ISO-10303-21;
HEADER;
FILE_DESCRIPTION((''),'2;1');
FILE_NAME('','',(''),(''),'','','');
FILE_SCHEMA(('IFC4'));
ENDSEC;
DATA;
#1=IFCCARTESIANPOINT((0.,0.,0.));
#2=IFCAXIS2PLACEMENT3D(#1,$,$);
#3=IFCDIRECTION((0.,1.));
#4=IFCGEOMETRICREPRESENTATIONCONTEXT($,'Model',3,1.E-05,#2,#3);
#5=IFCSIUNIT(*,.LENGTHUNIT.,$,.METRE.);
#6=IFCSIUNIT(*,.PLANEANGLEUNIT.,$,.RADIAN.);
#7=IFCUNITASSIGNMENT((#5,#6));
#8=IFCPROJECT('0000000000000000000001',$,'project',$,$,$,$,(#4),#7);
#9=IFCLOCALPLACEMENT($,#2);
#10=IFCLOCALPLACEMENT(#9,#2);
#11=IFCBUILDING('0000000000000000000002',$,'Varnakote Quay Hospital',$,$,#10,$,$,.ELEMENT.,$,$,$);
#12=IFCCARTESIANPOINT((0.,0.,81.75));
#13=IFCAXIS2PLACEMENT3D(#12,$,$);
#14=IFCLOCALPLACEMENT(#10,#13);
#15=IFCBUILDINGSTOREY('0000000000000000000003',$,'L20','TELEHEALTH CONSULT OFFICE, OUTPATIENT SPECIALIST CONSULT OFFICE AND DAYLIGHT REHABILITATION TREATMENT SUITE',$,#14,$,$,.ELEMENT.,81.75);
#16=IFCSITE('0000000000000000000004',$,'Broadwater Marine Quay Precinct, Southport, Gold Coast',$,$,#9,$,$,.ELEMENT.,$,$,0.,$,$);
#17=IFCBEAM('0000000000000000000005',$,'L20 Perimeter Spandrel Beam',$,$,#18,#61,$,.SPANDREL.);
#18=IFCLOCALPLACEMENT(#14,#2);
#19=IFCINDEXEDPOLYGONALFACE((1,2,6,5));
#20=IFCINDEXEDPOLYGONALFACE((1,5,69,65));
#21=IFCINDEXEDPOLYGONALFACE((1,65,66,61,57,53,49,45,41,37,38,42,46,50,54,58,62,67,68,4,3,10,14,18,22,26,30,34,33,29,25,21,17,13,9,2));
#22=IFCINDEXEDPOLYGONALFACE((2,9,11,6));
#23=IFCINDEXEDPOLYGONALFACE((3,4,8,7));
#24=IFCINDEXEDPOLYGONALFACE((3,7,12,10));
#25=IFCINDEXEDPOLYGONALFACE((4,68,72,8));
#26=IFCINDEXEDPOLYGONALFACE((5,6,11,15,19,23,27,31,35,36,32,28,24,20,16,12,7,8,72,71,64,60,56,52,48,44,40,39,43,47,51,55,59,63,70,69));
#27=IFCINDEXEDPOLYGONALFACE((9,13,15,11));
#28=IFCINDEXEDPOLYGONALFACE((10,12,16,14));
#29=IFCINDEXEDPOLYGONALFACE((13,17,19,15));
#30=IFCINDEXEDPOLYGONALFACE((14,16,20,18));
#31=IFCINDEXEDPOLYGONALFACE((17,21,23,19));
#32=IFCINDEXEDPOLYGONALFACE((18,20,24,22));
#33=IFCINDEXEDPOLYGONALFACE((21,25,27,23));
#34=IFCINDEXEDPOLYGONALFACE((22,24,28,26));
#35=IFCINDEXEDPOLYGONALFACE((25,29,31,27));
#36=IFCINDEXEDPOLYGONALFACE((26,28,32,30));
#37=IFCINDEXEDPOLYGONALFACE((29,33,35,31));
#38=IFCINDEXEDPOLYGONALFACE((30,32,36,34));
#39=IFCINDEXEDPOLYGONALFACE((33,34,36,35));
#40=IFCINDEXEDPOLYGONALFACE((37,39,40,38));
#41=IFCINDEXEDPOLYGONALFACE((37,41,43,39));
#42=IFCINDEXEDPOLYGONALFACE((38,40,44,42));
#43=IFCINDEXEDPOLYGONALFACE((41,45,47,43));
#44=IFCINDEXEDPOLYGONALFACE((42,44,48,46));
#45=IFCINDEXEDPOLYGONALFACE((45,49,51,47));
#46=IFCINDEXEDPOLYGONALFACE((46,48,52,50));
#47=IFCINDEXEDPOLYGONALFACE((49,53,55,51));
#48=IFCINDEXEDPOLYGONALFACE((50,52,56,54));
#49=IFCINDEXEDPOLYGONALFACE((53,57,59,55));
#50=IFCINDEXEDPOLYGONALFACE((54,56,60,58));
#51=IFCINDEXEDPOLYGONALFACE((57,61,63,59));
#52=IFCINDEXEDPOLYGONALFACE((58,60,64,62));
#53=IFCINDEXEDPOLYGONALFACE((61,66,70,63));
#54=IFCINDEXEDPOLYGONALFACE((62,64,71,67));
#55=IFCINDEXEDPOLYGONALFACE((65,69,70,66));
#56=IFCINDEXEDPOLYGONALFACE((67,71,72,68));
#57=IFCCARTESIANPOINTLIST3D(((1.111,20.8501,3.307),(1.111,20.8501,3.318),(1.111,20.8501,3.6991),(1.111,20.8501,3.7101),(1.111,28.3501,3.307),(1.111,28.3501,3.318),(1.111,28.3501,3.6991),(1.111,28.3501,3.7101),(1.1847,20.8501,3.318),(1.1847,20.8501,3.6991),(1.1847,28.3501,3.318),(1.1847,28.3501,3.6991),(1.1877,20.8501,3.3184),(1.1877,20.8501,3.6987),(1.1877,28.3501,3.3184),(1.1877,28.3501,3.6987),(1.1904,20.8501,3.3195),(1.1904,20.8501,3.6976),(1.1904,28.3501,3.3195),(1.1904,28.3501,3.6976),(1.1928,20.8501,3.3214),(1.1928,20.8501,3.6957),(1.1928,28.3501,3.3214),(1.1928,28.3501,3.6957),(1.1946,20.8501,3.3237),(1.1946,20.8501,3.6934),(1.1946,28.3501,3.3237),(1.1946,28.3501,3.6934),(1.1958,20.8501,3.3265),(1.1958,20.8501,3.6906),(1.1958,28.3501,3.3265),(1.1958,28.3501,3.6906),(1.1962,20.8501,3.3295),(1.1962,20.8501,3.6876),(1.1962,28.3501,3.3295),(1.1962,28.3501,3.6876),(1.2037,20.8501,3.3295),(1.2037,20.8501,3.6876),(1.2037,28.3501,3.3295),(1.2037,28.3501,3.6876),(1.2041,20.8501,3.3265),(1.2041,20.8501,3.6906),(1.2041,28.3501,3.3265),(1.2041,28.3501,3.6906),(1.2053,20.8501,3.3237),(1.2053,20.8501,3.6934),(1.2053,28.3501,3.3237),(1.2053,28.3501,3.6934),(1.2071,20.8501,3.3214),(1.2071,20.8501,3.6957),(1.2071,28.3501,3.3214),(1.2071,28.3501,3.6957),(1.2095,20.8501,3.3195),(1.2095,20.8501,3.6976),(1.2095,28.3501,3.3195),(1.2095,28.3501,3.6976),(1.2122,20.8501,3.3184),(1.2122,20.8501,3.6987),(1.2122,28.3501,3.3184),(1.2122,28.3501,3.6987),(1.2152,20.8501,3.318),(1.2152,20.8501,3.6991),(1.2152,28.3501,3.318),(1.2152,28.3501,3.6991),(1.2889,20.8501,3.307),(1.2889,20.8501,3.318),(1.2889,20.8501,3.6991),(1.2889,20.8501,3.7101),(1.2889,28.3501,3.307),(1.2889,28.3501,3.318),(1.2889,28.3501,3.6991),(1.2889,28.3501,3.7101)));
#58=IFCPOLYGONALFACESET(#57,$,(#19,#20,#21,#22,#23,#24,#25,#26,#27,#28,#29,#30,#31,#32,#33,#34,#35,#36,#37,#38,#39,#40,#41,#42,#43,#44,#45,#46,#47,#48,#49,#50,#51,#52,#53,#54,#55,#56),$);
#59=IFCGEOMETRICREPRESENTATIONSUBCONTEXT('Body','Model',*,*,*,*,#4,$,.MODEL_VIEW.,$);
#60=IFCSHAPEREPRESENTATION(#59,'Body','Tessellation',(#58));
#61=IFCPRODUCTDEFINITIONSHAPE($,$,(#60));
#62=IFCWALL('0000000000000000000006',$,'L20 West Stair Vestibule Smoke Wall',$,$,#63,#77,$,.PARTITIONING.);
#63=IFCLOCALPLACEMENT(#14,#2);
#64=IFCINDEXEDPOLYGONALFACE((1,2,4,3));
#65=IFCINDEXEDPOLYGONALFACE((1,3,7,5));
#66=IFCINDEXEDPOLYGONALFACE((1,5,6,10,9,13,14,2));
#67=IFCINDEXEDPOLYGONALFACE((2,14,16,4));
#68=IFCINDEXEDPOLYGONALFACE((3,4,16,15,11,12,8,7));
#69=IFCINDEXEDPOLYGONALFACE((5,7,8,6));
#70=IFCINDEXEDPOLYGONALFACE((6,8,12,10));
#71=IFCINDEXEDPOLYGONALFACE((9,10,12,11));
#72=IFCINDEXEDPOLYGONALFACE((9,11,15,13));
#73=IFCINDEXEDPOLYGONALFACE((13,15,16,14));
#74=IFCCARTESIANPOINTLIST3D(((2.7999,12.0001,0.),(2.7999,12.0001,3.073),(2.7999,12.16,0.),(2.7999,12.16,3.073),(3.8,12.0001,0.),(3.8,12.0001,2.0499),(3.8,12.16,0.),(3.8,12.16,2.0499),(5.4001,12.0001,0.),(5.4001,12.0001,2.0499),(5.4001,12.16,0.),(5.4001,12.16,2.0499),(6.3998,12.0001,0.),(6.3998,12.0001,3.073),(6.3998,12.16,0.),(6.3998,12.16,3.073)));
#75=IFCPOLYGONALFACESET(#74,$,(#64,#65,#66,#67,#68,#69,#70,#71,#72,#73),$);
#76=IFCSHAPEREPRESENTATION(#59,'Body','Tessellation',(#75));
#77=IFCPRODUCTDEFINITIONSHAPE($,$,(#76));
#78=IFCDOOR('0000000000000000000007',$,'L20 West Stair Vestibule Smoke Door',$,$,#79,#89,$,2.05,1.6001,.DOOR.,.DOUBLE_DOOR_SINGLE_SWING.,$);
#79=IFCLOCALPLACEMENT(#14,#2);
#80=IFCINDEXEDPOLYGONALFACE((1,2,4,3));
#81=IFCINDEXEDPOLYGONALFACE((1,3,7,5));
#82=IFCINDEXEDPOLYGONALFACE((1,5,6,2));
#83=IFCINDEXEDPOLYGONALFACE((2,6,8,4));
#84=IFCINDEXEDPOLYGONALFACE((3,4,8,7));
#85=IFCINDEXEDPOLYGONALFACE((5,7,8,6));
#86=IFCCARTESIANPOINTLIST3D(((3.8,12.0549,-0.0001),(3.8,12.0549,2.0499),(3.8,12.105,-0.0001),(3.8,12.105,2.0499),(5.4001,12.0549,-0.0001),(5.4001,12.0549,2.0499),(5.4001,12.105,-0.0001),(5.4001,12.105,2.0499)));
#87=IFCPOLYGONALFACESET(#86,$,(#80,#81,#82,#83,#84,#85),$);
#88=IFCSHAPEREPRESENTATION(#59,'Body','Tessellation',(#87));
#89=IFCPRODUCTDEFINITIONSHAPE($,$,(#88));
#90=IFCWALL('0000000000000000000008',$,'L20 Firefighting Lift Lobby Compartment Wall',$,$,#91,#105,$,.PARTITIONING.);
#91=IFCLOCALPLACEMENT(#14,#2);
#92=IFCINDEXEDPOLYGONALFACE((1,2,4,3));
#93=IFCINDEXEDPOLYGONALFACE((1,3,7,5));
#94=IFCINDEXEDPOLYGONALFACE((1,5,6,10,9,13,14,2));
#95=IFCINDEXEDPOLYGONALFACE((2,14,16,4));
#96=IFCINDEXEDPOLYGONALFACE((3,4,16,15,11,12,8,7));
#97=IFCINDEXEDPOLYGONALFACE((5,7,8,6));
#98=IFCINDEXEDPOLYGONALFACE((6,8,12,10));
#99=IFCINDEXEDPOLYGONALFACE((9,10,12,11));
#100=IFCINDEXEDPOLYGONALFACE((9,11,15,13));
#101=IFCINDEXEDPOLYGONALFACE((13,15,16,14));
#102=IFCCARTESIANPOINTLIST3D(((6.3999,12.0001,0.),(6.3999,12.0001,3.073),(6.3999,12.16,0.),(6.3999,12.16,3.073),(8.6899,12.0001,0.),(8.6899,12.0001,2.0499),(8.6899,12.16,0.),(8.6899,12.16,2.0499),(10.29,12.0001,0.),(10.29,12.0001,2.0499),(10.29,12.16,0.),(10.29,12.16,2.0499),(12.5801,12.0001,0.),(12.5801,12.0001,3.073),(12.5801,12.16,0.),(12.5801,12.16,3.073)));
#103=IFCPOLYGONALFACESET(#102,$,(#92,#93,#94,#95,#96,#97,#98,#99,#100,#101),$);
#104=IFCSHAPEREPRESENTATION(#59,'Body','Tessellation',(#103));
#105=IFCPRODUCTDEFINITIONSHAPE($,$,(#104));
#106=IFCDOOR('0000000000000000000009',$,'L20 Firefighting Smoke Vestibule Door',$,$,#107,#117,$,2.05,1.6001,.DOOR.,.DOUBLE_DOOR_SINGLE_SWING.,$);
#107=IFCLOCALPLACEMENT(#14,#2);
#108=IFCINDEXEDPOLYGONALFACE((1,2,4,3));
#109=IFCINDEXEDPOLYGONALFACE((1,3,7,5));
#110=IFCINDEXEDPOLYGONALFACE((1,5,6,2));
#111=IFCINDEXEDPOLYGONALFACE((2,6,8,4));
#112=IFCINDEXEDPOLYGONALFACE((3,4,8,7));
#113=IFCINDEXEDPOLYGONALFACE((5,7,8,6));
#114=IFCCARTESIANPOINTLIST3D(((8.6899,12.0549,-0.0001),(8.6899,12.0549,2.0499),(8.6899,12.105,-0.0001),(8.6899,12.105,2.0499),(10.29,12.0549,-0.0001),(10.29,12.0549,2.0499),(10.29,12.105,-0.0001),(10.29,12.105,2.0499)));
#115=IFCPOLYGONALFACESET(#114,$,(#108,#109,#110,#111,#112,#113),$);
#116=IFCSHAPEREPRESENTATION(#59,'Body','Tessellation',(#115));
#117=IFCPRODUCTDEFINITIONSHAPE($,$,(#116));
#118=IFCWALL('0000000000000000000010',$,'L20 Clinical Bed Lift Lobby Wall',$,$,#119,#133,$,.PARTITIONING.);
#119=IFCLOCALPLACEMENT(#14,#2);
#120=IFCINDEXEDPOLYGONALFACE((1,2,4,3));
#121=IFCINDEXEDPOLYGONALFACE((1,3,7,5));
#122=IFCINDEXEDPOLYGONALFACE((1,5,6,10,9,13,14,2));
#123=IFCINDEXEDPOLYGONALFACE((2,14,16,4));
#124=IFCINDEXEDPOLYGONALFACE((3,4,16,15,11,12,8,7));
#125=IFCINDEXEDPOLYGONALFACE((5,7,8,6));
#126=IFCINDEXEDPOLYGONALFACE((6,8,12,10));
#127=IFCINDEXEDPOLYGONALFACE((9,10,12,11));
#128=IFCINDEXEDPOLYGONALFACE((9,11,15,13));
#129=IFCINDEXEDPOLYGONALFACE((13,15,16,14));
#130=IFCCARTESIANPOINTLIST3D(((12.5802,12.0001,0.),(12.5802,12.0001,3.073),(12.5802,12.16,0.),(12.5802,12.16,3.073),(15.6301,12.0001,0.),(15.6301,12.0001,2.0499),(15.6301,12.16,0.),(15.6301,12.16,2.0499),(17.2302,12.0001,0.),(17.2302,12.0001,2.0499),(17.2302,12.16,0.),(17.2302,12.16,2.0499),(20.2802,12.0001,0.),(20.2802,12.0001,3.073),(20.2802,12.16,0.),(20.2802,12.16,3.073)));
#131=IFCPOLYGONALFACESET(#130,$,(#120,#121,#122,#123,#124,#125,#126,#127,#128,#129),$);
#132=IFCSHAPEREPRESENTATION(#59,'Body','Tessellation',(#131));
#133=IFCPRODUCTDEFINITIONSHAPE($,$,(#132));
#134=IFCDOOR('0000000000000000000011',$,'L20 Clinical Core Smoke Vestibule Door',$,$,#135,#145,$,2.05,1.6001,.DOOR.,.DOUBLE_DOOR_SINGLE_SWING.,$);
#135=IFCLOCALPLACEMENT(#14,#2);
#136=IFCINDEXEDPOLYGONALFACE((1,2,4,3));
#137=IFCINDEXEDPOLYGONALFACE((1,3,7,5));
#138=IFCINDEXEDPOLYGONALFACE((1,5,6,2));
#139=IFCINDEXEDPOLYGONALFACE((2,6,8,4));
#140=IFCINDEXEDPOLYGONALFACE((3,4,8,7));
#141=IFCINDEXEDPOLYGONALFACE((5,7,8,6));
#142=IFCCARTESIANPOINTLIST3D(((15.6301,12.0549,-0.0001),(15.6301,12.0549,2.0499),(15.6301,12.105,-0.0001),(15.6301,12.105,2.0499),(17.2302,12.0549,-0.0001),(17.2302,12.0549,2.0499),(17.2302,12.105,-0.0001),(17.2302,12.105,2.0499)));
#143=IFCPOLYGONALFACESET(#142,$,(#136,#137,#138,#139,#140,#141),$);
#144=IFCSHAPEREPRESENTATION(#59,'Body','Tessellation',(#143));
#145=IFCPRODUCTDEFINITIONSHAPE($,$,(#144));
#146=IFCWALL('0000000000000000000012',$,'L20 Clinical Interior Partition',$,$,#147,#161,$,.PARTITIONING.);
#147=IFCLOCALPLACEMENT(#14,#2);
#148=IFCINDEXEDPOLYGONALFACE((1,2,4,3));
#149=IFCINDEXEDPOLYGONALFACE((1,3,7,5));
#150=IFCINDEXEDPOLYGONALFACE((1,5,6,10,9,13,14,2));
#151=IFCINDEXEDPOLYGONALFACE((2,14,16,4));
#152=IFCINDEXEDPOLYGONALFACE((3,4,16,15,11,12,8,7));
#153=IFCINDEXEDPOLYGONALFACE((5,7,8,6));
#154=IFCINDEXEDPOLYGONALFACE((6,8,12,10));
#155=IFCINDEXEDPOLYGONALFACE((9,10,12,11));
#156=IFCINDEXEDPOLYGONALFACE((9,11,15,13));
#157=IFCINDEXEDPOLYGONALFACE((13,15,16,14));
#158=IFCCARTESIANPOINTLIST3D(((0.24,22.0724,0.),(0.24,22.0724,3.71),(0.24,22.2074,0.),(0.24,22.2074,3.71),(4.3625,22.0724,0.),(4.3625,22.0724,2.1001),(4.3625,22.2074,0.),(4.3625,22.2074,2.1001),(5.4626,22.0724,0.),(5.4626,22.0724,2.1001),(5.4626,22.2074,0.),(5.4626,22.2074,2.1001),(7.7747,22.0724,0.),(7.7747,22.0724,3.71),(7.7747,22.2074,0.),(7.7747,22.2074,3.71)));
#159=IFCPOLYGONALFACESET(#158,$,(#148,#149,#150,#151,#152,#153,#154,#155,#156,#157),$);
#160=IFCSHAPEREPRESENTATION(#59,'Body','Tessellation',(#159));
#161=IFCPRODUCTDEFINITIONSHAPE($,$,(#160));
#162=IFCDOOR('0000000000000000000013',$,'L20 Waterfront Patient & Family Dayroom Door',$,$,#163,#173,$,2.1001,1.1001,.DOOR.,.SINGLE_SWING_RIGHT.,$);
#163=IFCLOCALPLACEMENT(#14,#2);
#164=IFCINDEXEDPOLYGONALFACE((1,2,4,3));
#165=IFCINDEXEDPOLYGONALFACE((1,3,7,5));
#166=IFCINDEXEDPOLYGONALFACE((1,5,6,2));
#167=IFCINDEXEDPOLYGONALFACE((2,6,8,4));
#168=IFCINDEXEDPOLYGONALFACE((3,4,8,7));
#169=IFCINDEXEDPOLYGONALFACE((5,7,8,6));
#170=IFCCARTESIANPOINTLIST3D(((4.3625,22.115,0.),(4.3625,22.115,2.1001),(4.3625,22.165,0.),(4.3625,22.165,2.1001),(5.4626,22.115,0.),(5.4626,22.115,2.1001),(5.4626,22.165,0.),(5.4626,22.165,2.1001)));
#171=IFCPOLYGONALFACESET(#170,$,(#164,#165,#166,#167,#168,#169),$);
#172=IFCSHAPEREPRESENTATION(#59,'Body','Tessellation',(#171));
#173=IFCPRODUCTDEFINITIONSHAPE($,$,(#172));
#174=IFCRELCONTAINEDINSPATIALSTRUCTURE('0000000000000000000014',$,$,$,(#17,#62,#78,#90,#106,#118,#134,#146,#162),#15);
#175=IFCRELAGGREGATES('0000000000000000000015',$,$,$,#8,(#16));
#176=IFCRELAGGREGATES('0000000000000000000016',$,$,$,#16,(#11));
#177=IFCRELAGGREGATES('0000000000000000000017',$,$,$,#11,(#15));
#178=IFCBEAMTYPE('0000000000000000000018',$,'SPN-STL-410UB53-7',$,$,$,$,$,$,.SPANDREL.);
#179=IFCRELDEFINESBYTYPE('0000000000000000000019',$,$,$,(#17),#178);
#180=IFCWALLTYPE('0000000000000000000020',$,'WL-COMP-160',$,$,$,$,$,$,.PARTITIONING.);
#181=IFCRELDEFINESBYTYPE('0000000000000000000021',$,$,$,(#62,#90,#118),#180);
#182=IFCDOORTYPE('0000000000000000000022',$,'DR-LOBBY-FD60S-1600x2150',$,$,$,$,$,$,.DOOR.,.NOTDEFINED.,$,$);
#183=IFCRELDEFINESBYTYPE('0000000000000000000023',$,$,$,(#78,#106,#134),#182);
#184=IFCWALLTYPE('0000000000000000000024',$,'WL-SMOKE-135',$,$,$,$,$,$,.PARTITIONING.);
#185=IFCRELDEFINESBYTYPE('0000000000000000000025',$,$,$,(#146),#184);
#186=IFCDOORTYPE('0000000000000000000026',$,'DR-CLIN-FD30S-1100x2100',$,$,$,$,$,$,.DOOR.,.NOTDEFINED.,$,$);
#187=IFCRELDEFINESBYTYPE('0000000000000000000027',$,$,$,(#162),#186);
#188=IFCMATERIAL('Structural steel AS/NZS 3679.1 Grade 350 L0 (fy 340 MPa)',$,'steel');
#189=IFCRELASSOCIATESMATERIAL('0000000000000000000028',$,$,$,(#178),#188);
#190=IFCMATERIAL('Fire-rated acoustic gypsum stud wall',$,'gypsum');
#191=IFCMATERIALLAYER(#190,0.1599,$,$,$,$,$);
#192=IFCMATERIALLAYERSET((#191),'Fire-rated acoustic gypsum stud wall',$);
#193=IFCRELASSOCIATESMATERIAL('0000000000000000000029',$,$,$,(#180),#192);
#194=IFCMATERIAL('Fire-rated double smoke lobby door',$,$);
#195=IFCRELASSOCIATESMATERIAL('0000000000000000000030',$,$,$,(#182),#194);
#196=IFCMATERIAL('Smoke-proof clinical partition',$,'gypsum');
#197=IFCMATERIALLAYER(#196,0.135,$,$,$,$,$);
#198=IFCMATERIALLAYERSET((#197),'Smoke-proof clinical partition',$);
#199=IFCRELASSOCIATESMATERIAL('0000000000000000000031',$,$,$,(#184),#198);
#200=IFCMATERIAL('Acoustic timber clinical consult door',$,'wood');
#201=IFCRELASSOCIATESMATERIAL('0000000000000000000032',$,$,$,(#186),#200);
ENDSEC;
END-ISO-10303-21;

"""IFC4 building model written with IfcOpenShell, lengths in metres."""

from ifc_helpers import new_model, si_unit, direction, frame, frame_2d, origin, origin_2d, place, context, subcontext, project, spatial, rectangle, i_section, extrude, material, layer, layer_set, material_profile, profile_set, type_object, element, fill, save


model = new_model("IFC4")

# Units and contexts
model_context = context("Model", 3, precision=1e-05, world=origin(), true_north=direction((0.0, 1.0)))
body_context = subcontext(model_context, "Body", "Model", "MODEL_VIEW")
ifc_project = project(units=[si_unit("LENGTHUNIT", "METRE"), si_unit("PLANEANGLEUNIT", "RADIAN")], contexts=[model_context])

# Site, building, storey
site_placement = place(None, origin())
site = spatial("IfcSite", under=ifc_project, at=site_placement, Name="Broadwater Marine Quay Precinct, Southport, Gold Coast", CompositionType="ELEMENT", RefElevation=0.0)
building_placement = place(site_placement, origin())
building = spatial("IfcBuilding", under=site, at=building_placement, Name="Varnakote Quay Hospital", CompositionType="ELEMENT")
storey_placement = place(building_placement, frame((0.0, 0.0, 81.75)))
storey = spatial("IfcBuildingStorey", under=building, at=storey_placement, Name="L20", Description="TELEHEALTH CONSULT OFFICE, OUTPATIENT SPECIALIST CONSULT OFFICE AND DAYLIGHT REHABILITATION TREATMENT SUITE", CompositionType="ELEMENT", Elevation=81.75)

# Beam
ifc_material_1 = material(Name="Structural steel AS/NZS 3679.1 Grade 350 L0 (fy 340 MPa)", Category="steel")
ifc_material_profile_1 = material_profile(ifc_material_1, i_section(OverallWidth=0.178, OverallDepth=0.4031, WebThickness=0.0076, FlangeThickness=0.011, FilletRadius=0.0115, at=origin_2d()), Name="410UB53.7")
ifc_profile_set_1 = profile_set([ifc_material_profile_1], Name="Structural steel AS/NZS 3679.1 Grade 350 L0 (fy 340 MPa)")
beam_type_1 = type_object("IfcBeamType", Name="SPN-STL-410UB53-7", PredefinedType="SPANDREL", material=ifc_profile_set_1)
beam_1_placement = place(storey_placement, frame((1.2, 20.8501, 3.5085), z_axis=(0.0, 1.0, 0.0), x_axis=(-1.0, 0.0, 0.0)))
element("IfcBeam", 1, at=beam_1_placement, inside=storey, type_object=beam_type_1, Name="L20 Perimeter Spandrel Beam", PredefinedType="SPANDREL", context=body_context, shape_type="SweptSolid", body=[
    extrude(i_section(OverallWidth=0.178, OverallDepth=0.4031, WebThickness=0.0076, FlangeThickness=0.011, FilletRadius=0.0115, at=origin_2d()), origin(), (0.0, 0.0, 1.0), 7.5),
])

# Walls, openings, doors
ifc_material_2 = material(Name="Fire-rated acoustic gypsum stud wall", Category="gypsum")
ifc_layer_1 = layer(ifc_material_2, 0.1599)
ifc_layer_set_1 = layer_set([ifc_layer_1], Name="Fire-rated acoustic gypsum stud wall")
wall_type_1 = type_object("IfcWallType", Name="WL-COMP-160", PredefinedType="PARTITIONING", material=ifc_layer_set_1)
wall_1_placement = place(storey_placement, frame((2.8, 12.0801, 0.0), z_axis=(0.0, 0.0, 1.0), x_axis=(1.0, 0.0, 0.0)))
wall_1 = element("IfcWall", 2, at=wall_1_placement, inside=storey, type_object=wall_type_1, Name="L20 West Stair Vestibule Smoke Wall", PredefinedType="PARTITIONING", context=body_context, shape_type="SweptSolid", body=[
    extrude(rectangle(XDim=3.5999, YDim=0.1599, at=frame_2d((1.7998, 0.0))), origin(), (0.0, 0.0, 1.0), 3.073),
])
opening_1_placement = place(wall_1_placement, frame((1.0, 0.0, 0.0)))
opening_1 = element("IfcOpeningElement", 3, at=opening_1_placement, cuts=wall_1, PredefinedType="OPENING", context=body_context, shape_type="SweptSolid", body=[
    extrude(rectangle(XDim=1.6001, YDim=2.05, at=frame_2d((0.8, 1.0249))), frame((0.0, 0.0898, 0.0), z_axis=(0.0, -1.0, 0.0), x_axis=(1.0, 0.0, 0.0)), (0.0, 0.0, 1.0), 0.1799),
])
ifc_material_3 = material(Name="Fire-rated double smoke lobby door")
door_type_1 = type_object("IfcDoorType", Name="DR-LOBBY-FD60S-1600x2150", OperationType="NOTDEFINED", PredefinedType="DOOR", material=ifc_material_3)
door_1_placement = place(opening_1_placement, origin())
door_1 = element("IfcDoor", 4, at=door_1_placement, inside=storey, type_object=door_type_1, Name="L20 West Stair Vestibule Smoke Door", OperationType="DOUBLE_DOOR_SINGLE_SWING", OverallHeight=2.05, OverallWidth=1.6001, PredefinedType="DOOR", context=body_context, shape_type="SweptSolid", body=[
    extrude(rectangle(XDim=1.6001, YDim=2.05, at=frame_2d((0.8, 1.0249))), frame((0.0, 0.0249, 0.0), z_axis=(0.0, -1.0, 0.0), x_axis=(1.0, 0.0, 0.0)), (0.0, 0.0, 1.0), 0.05),
])
fill(opening_1, door_1)
wall_2_placement = place(storey_placement, frame((6.3999, 12.0801, 0.0), z_axis=(0.0, 0.0, 1.0), x_axis=(1.0, 0.0, 0.0)))
wall_2 = element("IfcWall", 5, at=wall_2_placement, inside=storey, type_object=wall_type_1, Name="L20 Firefighting Lift Lobby Compartment Wall", PredefinedType="PARTITIONING", context=body_context, shape_type="SweptSolid", body=[
    extrude(rectangle(XDim=6.1802, YDim=0.1599, at=frame_2d((3.0901, 0.0))), origin(), (0.0, 0.0, 1.0), 3.073),
])
opening_2_placement = place(wall_2_placement, frame((2.29, 0.0, 0.0)))
opening_2 = element("IfcOpeningElement", 6, at=opening_2_placement, cuts=wall_2, PredefinedType="OPENING", context=body_context, shape_type="SweptSolid", body=[
    extrude(rectangle(XDim=1.6001, YDim=2.05, at=frame_2d((0.8, 1.0249))), frame((0.0, 0.0898, 0.0), z_axis=(0.0, -1.0, 0.0), x_axis=(1.0, 0.0, 0.0)), (0.0, 0.0, 1.0), 0.1799),
])
door_2_placement = place(opening_2_placement, origin())
door_2 = element("IfcDoor", 7, at=door_2_placement, inside=storey, type_object=door_type_1, Name="L20 Firefighting Smoke Vestibule Door", OperationType="DOUBLE_DOOR_SINGLE_SWING", OverallHeight=2.05, OverallWidth=1.6001, PredefinedType="DOOR", context=body_context, shape_type="SweptSolid", body=[
    extrude(rectangle(XDim=1.6001, YDim=2.05, at=frame_2d((0.8, 1.0249))), frame((0.0, 0.0249, 0.0), z_axis=(0.0, -1.0, 0.0), x_axis=(1.0, 0.0, 0.0)), (0.0, 0.0, 1.0), 0.05),
])
fill(opening_2, door_2)
wall_3_placement = place(storey_placement, frame((12.5801, 12.0801, 0.0), z_axis=(0.0, 0.0, 1.0), x_axis=(1.0, 0.0, 0.0)))
wall_3 = element("IfcWall", 8, at=wall_3_placement, inside=storey, type_object=wall_type_1, Name="L20 Clinical Bed Lift Lobby Wall", PredefinedType="PARTITIONING", context=body_context, shape_type="SweptSolid", body=[
    extrude(rectangle(XDim=7.7, YDim=0.1599, at=frame_2d((3.8501, 0.0))), origin(), (0.0, 0.0, 1.0), 3.073),
])
opening_3_placement = place(wall_3_placement, frame((3.05, 0.0, 0.0)))
opening_3 = element("IfcOpeningElement", 9, at=opening_3_placement, cuts=wall_3, PredefinedType="OPENING", context=body_context, shape_type="SweptSolid", body=[
    extrude(rectangle(XDim=1.6001, YDim=2.05, at=frame_2d((0.8, 1.0249))), frame((0.0, 0.0898, 0.0), z_axis=(0.0, -1.0, 0.0), x_axis=(1.0, 0.0, 0.0)), (0.0, 0.0, 1.0), 0.1799),
])
door_3_placement = place(opening_3_placement, origin())
door_3 = element("IfcDoor", 10, at=door_3_placement, inside=storey, type_object=door_type_1, Name="L20 Clinical Core Smoke Vestibule Door", OperationType="DOUBLE_DOOR_SINGLE_SWING", OverallHeight=2.05, OverallWidth=1.6001, PredefinedType="DOOR", context=body_context, shape_type="SweptSolid", body=[
    extrude(rectangle(XDim=1.6001, YDim=2.05, at=frame_2d((0.8, 1.0249))), frame((0.0, 0.0249, 0.0), z_axis=(0.0, -1.0, 0.0), x_axis=(1.0, 0.0, 0.0)), (0.0, 0.0, 1.0), 0.05),
])
fill(opening_3, door_3)
ifc_material_4 = material(Name="Smoke-proof clinical partition", Category="gypsum")
ifc_layer_2 = layer(ifc_material_4, 0.135)
ifc_layer_set_2 = layer_set([ifc_layer_2], Name="Smoke-proof clinical partition")
wall_type_2 = type_object("IfcWallType", Name="WL-SMOKE-135", PredefinedType="PARTITIONING", material=ifc_layer_set_2)
wall_4_placement = place(storey_placement, frame((7.7747, 22.1399, 0.0), z_axis=(0.0, 0.0, 1.0), x_axis=(-1.0, 0.0, 0.0)))
wall_4 = element("IfcWall", 11, at=wall_4_placement, inside=storey, type_object=wall_type_2, Name="L20 Clinical Interior Partition", PredefinedType="PARTITIONING", context=body_context, shape_type="SweptSolid", body=[
    extrude(rectangle(XDim=7.5347, YDim=0.135, at=frame_2d((3.7673, 0.0))), origin(), (0.0, 0.0, 1.0), 3.71),
])
opening_4_placement = place(wall_4_placement, frame((2.312, 0.0, 0.0)))
opening_4 = element("IfcOpeningElement", 12, at=opening_4_placement, cuts=wall_4, PredefinedType="OPENING", context=body_context, shape_type="SweptSolid", body=[
    extrude(rectangle(XDim=1.1001, YDim=2.1001, at=frame_2d((0.55, 1.05))), frame((0.0, 0.0774, 0.0), z_axis=(0.0, -1.0, 0.0), x_axis=(1.0, 0.0, 0.0)), (0.0, 0.0, 1.0), 0.155),
])
ifc_material_5 = material(Name="Acoustic timber clinical consult door", Category="wood")
door_type_2 = type_object("IfcDoorType", Name="DR-CLIN-FD30S-1100x2100", OperationType="NOTDEFINED", PredefinedType="DOOR", material=ifc_material_5)
door_4_placement = place(opening_4_placement, origin())
door_4 = element("IfcDoor", 13, at=door_4_placement, inside=storey, type_object=door_type_2, Name="L20 Waterfront Patient & Family Dayroom Door", OperationType="SINGLE_SWING_RIGHT", OverallHeight=2.1001, OverallWidth=1.1001, PredefinedType="DOOR", context=body_context, shape_type="SweptSolid", body=[
    extrude(rectangle(XDim=1.1001, YDim=2.1001, at=frame_2d((0.55, 1.05))), frame((0.0, 0.0249, 0.0), z_axis=(0.0, -1.0, 0.0), x_axis=(1.0, 0.0, 0.0)), (0.0, 0.0, 1.0), 0.05),
])
fill(opening_4, door_4)

save(model, "model.ifc")
